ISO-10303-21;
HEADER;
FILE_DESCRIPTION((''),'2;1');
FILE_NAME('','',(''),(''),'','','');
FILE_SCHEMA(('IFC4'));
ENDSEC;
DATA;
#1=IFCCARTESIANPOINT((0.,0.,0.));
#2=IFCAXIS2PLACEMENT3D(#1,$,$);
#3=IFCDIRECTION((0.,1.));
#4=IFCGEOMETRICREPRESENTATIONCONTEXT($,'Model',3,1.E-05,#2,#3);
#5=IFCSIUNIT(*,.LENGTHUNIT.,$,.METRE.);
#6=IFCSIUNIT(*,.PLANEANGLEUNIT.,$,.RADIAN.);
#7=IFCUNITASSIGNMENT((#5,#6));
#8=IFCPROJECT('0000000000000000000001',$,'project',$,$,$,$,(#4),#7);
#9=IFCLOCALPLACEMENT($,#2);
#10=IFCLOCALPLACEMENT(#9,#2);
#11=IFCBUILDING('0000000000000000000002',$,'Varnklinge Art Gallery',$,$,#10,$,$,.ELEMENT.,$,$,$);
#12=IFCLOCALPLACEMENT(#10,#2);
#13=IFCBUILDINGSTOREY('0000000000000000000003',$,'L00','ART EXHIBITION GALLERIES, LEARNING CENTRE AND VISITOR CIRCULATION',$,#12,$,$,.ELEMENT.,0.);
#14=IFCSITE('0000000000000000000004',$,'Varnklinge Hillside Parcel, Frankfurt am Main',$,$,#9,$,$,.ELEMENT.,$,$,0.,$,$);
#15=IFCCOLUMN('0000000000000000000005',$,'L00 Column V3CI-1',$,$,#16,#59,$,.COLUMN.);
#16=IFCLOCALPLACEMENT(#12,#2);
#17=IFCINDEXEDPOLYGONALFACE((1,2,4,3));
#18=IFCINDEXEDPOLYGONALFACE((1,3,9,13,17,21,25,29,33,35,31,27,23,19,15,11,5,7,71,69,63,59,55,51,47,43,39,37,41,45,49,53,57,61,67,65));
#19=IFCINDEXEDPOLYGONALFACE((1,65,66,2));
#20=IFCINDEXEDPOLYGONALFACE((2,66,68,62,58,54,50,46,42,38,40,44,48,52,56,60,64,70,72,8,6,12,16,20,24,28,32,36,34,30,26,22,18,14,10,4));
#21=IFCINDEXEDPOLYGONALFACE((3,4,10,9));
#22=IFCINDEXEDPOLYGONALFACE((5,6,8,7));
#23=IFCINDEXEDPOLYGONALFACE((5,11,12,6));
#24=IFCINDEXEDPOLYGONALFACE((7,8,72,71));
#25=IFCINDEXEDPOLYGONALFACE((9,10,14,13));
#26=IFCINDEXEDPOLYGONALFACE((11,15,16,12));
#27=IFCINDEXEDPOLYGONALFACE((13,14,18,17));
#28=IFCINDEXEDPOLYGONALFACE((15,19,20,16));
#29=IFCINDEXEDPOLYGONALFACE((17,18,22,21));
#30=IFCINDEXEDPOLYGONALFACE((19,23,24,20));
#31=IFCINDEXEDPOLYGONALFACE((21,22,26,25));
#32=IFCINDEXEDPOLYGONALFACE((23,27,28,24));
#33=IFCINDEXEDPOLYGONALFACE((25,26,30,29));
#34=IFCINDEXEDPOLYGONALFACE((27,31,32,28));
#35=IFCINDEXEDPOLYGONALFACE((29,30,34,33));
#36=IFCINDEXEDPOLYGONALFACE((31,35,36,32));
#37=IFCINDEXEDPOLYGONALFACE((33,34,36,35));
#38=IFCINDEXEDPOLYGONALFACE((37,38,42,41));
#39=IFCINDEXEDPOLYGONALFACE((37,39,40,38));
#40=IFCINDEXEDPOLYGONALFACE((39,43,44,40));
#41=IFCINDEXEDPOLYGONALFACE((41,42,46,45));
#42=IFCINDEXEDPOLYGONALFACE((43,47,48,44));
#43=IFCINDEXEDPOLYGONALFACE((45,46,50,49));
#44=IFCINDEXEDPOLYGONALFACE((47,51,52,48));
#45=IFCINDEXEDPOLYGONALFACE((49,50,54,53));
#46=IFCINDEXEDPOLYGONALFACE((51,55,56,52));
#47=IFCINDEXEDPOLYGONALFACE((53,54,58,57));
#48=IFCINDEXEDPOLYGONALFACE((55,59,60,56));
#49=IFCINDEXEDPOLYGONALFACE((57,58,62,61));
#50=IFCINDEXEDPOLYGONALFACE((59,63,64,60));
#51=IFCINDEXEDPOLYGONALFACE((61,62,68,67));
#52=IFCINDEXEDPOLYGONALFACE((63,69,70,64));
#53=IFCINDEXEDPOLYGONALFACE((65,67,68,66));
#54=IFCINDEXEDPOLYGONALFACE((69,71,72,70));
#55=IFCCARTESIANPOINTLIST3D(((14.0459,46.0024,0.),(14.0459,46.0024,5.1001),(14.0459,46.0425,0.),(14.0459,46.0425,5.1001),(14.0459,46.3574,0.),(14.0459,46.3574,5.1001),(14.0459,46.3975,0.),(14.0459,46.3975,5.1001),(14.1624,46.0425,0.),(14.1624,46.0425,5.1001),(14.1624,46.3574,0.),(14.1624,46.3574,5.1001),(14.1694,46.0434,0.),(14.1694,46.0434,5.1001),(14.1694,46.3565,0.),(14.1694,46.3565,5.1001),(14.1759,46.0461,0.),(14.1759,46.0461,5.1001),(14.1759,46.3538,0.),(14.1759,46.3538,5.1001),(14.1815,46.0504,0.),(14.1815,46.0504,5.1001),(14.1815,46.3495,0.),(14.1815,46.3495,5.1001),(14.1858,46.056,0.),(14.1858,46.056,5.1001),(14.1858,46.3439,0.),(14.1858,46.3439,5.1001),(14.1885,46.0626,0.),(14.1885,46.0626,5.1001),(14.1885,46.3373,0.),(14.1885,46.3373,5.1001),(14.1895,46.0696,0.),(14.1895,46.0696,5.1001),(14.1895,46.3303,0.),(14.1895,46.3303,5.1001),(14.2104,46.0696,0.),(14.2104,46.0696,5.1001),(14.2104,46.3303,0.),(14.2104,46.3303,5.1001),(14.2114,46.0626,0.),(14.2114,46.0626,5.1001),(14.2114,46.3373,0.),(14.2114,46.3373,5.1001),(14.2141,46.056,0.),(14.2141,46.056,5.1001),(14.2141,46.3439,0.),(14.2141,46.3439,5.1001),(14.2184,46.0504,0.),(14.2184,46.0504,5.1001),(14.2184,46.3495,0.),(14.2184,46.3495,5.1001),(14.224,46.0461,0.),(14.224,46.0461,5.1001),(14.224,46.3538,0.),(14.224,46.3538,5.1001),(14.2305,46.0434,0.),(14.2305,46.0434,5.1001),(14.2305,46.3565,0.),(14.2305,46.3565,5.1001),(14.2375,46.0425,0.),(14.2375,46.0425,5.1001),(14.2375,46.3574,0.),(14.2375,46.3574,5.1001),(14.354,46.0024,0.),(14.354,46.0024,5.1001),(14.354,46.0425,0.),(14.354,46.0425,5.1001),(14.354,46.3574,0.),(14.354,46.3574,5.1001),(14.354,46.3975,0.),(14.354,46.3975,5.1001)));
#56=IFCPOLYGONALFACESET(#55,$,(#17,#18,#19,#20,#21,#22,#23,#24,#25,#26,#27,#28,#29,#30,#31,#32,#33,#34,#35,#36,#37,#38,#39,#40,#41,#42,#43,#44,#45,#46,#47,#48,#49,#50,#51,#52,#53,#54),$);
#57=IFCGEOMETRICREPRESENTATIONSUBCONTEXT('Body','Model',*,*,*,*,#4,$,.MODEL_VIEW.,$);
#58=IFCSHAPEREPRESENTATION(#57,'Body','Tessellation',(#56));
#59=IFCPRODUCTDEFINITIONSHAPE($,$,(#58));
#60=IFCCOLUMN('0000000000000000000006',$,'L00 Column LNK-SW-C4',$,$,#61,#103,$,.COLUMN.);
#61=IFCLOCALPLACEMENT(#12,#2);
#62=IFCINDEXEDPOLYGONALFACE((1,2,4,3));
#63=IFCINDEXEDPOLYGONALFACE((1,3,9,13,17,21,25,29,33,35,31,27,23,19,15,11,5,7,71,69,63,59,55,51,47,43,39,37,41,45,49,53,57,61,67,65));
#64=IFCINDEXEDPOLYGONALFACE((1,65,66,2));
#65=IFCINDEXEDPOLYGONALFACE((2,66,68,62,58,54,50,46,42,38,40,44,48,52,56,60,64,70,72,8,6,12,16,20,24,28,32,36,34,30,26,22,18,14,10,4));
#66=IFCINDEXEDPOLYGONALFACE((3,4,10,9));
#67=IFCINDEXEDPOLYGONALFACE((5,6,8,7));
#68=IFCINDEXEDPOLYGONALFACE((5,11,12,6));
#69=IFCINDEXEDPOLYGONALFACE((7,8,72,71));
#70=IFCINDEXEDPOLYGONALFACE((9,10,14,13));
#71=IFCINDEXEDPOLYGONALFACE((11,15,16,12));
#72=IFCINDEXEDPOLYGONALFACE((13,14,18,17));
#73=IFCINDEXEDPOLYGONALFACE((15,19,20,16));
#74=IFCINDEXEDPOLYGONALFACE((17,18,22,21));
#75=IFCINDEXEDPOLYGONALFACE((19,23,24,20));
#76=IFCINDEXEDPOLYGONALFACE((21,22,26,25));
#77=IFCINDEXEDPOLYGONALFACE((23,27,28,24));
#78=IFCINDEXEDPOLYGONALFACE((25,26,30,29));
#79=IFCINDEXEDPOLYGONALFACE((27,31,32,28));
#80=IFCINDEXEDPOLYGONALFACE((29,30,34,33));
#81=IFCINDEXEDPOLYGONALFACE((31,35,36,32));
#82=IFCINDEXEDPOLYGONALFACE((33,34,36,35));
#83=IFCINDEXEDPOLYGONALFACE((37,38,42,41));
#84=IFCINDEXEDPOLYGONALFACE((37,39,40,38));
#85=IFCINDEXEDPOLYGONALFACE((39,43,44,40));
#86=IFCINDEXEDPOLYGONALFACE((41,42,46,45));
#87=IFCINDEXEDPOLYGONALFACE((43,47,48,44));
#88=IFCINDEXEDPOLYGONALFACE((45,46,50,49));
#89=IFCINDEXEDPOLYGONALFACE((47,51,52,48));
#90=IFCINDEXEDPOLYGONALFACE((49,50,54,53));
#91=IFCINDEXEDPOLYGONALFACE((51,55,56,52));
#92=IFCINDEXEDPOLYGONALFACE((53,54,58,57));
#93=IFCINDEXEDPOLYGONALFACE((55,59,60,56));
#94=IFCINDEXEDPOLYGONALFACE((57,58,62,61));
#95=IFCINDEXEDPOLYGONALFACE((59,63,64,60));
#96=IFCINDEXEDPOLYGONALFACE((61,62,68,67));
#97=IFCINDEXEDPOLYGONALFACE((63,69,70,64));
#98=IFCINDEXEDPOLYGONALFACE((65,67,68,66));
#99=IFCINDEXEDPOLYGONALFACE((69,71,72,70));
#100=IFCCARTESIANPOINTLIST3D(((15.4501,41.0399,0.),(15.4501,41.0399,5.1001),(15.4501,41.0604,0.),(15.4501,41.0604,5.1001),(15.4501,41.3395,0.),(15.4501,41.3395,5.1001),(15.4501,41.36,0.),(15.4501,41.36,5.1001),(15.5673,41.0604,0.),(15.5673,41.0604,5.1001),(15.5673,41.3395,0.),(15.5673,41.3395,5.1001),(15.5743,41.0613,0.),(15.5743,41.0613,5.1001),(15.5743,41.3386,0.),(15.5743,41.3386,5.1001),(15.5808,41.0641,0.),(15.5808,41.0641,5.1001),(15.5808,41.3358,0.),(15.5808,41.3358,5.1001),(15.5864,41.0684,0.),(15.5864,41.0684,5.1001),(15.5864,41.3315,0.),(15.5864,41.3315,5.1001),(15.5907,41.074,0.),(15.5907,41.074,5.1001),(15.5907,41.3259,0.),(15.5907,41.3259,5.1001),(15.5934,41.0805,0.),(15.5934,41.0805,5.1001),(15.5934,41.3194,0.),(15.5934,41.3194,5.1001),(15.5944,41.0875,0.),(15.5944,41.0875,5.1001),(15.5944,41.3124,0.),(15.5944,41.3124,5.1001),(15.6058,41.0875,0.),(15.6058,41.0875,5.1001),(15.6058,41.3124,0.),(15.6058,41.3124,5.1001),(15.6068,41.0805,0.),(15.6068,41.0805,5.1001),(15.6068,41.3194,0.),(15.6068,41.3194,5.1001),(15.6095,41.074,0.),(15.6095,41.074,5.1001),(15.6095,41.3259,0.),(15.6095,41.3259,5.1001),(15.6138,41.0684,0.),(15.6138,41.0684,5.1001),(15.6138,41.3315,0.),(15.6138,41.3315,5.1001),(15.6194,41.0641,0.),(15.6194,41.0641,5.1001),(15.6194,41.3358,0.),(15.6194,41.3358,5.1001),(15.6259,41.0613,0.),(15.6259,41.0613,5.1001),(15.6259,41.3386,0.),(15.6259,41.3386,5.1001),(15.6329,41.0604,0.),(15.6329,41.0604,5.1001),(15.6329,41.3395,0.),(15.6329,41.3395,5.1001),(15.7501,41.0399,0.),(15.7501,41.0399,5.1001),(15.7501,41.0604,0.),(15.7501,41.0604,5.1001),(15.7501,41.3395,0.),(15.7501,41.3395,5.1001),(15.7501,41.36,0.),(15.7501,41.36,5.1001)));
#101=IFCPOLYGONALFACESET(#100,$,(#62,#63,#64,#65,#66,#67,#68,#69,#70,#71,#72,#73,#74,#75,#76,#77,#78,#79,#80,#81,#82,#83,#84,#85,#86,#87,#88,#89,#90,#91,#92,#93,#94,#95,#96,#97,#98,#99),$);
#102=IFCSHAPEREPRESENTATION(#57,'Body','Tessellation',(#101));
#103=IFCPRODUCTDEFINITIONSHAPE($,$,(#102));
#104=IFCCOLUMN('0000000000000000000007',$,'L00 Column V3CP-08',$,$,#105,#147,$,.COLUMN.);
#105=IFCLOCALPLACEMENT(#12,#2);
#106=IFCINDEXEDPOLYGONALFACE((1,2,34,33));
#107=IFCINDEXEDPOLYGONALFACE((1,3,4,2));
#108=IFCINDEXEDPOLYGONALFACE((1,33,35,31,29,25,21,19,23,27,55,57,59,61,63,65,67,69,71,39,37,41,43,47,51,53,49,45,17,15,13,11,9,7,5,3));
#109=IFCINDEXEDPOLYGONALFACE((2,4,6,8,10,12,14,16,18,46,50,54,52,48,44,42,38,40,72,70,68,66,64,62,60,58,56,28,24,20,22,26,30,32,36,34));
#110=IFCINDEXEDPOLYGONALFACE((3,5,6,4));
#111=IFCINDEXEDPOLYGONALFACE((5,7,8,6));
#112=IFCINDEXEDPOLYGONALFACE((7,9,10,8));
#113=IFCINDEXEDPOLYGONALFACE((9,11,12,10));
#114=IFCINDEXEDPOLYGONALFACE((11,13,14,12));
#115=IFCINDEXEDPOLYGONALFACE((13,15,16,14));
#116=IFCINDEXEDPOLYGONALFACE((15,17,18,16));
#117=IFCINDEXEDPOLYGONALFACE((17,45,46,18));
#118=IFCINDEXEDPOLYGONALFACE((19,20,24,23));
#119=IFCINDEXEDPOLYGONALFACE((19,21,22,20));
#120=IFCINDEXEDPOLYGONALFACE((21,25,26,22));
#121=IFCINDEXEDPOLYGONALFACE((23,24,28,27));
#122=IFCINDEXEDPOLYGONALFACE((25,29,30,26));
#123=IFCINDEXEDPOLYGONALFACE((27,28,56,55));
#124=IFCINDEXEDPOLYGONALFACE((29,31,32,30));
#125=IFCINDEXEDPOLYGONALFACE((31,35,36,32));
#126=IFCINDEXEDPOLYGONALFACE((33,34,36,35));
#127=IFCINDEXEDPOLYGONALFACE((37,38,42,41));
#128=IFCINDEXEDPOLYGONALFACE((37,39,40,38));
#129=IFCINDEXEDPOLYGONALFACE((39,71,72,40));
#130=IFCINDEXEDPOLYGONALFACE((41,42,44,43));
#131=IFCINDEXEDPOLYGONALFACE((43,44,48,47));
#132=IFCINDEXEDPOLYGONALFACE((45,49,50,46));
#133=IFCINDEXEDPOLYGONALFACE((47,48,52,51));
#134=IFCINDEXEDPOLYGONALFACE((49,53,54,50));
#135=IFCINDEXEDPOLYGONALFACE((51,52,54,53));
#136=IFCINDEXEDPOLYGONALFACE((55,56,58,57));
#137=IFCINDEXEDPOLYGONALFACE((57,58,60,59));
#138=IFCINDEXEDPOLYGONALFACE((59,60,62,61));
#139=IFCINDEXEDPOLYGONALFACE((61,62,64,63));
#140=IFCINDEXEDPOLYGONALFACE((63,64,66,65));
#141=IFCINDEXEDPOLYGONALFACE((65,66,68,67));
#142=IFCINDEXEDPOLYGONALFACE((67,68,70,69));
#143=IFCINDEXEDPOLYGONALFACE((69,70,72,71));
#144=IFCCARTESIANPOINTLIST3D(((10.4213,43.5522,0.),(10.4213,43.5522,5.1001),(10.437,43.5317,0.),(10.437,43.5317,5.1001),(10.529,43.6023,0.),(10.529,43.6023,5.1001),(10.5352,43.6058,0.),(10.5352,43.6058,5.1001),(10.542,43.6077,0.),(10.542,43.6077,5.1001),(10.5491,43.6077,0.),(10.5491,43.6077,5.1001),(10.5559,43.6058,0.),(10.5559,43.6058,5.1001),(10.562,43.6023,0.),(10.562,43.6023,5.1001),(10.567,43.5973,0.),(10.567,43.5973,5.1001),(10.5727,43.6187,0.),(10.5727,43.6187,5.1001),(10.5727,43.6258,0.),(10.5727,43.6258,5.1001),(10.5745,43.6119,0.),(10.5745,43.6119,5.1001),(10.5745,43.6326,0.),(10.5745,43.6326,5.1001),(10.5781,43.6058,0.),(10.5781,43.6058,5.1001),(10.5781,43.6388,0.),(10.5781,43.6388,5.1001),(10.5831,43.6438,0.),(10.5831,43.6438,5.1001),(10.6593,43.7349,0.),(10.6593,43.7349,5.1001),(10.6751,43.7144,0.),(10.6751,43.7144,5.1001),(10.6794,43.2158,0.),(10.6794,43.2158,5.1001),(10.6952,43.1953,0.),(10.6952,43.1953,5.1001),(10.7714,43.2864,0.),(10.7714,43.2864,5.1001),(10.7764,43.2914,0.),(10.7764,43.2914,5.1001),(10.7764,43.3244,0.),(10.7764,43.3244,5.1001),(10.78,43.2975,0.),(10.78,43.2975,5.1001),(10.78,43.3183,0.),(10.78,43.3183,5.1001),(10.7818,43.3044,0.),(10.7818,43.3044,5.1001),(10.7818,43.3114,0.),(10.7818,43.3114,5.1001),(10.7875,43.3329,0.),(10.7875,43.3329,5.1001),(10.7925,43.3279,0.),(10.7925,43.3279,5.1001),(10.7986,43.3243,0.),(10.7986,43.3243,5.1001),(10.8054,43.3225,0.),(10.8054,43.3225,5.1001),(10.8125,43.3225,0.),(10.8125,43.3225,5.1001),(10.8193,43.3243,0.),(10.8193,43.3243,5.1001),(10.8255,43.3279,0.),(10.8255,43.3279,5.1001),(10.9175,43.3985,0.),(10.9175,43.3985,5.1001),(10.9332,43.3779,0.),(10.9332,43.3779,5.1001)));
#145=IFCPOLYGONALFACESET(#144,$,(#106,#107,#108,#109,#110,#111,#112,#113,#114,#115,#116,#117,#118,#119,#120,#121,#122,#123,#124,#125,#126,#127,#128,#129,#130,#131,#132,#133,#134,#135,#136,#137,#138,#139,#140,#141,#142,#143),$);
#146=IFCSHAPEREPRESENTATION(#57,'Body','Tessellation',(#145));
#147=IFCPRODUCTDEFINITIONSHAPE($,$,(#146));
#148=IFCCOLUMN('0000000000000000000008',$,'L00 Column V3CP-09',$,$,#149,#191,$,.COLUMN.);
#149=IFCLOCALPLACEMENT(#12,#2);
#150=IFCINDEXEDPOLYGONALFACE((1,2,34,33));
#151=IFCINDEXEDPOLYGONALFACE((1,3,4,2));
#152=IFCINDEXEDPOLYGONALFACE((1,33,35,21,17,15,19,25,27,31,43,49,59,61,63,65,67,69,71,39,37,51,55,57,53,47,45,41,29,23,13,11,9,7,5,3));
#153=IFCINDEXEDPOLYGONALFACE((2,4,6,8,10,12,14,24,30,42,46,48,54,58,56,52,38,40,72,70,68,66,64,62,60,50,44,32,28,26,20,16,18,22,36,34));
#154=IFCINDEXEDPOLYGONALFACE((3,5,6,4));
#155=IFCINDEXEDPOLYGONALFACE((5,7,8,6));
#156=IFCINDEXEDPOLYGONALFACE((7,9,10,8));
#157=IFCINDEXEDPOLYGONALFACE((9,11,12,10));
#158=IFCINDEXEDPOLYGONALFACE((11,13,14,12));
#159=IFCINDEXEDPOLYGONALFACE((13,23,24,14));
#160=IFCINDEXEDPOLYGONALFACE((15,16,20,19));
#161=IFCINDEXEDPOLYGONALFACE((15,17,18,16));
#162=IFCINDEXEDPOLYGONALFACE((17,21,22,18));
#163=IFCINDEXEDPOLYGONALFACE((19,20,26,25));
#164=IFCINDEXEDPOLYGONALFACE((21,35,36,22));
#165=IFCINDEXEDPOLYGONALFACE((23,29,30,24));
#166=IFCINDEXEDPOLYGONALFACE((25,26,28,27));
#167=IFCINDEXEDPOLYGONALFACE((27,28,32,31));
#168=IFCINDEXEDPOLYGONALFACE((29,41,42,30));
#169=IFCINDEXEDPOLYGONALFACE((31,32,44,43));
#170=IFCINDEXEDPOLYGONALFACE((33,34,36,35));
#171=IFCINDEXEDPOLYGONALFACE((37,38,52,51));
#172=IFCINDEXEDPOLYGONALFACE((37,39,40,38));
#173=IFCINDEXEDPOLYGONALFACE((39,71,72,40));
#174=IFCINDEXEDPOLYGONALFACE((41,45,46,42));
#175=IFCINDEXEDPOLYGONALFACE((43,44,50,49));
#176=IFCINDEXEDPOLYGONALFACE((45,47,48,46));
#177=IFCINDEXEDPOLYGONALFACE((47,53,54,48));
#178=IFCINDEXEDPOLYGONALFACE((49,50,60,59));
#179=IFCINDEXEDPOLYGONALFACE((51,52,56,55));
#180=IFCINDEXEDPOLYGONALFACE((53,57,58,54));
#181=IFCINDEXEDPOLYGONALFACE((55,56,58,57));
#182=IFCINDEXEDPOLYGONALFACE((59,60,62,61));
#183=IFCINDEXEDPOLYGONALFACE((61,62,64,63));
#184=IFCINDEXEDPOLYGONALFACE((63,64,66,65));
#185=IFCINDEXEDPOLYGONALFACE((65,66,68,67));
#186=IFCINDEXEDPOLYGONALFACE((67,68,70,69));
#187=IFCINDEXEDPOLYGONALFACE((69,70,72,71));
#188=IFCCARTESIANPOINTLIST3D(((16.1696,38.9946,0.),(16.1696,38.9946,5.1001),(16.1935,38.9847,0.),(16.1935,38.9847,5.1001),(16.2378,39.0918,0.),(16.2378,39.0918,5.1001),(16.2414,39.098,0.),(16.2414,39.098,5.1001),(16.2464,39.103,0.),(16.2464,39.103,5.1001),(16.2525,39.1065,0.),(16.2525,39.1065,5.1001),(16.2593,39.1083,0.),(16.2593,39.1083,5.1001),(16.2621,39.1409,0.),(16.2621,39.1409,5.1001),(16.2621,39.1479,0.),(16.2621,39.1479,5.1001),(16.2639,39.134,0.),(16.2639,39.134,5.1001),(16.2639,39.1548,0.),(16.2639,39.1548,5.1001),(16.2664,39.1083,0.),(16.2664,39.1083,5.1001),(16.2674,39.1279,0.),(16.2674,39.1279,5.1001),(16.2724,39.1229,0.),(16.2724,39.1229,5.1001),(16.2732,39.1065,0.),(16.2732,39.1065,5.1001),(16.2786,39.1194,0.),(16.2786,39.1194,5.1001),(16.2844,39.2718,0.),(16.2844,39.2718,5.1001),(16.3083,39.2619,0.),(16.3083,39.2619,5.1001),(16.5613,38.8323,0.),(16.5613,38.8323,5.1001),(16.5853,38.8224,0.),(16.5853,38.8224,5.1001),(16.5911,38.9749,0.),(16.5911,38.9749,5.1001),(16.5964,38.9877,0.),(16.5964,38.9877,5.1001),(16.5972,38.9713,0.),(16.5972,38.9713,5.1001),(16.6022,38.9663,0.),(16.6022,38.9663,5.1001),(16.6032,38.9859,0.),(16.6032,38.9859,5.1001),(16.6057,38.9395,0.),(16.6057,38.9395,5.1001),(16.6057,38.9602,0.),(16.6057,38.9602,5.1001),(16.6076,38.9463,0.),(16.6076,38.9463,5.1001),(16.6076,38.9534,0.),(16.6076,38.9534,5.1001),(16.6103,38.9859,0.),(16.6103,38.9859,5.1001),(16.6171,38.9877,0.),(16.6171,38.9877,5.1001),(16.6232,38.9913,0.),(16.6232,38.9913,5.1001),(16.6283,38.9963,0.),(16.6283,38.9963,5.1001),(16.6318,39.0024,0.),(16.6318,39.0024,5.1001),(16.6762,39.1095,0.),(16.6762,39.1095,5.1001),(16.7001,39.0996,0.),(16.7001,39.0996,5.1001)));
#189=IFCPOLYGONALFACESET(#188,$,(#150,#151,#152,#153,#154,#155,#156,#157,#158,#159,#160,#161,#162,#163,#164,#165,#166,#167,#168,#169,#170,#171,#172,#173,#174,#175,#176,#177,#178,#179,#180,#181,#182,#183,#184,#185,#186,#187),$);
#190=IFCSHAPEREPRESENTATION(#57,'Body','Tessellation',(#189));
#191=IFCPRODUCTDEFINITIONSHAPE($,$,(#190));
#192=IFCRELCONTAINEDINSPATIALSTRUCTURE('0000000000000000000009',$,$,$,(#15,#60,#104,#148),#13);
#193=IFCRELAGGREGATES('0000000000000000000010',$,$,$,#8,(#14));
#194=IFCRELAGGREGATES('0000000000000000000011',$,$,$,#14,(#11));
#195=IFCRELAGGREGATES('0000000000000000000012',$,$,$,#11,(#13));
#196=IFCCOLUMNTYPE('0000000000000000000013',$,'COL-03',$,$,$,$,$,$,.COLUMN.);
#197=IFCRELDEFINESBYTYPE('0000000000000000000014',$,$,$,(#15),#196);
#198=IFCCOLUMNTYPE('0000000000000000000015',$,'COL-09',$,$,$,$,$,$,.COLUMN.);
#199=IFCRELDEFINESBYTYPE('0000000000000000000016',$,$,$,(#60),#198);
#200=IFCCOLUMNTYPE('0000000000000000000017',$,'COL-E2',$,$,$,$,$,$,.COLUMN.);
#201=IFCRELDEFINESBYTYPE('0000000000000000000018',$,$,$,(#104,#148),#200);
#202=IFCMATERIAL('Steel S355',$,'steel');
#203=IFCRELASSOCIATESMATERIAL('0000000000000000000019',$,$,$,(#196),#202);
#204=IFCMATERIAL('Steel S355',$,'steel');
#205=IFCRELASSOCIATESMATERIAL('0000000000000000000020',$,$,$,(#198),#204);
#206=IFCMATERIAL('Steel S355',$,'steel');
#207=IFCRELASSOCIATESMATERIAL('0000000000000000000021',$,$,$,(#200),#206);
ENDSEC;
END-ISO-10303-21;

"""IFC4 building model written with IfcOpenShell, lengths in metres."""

from ifc_helpers import new_model, si_unit, direction, frame, origin, origin_2d, place, context, subcontext, project, spatial, i_section, extrude, material, material_profile, profile_set, type_object, element, save


model = new_model("IFC4")

# Units and contexts
model_context = context("Model", 3, precision=1e-05, world=origin(), true_north=direction((0.0, 1.0)))
body_context = subcontext(model_context, "Body", "Model", "MODEL_VIEW")
ifc_project = project(units=[si_unit("LENGTHUNIT", "METRE"), si_unit("PLANEANGLEUNIT", "RADIAN")], contexts=[model_context])

# Site, building, storey
site_placement = place(None, origin())
site = spatial("IfcSite", under=ifc_project, at=site_placement, Name="Varnklinge Hillside Parcel, Frankfurt am Main", CompositionType="ELEMENT", RefElevation=0.0)
building_placement = place(site_placement, origin())
building = spatial("IfcBuilding", under=site, at=building_placement, Name="Varnklinge Art Gallery", CompositionType="ELEMENT")
storey_placement = place(building_placement, origin())
storey = spatial("IfcBuildingStorey", under=building, at=storey_placement, Name="L00", Description="ART EXHIBITION GALLERIES, LEARNING CENTRE AND VISITOR CIRCULATION", CompositionType="ELEMENT", Elevation=0.0)

# Columns
ifc_material_1 = material(Name="Steel S355", Category="steel")
ifc_material_profile_1 = material_profile(ifc_material_1, i_section(OverallWidth=0.3081, OverallDepth=0.395, WebThickness=0.021, FlangeThickness=0.04, FilletRadius=0.0271, at=origin_2d()), Name="HEM 360")
ifc_profile_set_1 = profile_set([ifc_material_profile_1], Name="Steel S355")
column_type_1 = type_object("IfcColumnType", Name="COL-03", PredefinedType="COLUMN", material=ifc_profile_set_1)
column_1_placement = place(storey_placement, frame((14.2, 46.2, 0.0), z_axis=(0.0, 0.0, 1.0), x_axis=(1.0, 0.0, 0.0)))
element("IfcColumn", 1, at=column_1_placement, inside=storey, type_object=column_type_1, Name="L00 Column V3CI-1", PredefinedType="COLUMN", context=body_context, shape_type="SweptSolid", body=[
    extrude(i_section(OverallWidth=0.3081, OverallDepth=0.395, WebThickness=0.021, FlangeThickness=0.04, FilletRadius=0.0271, at=origin_2d()), origin(), (0.0, 0.0, 1.0), 5.1001),
])
ifc_material_2 = material(Name="Steel S355", Category="steel")
ifc_material_profile_2 = material_profile(ifc_material_2, i_section(OverallWidth=0.3, OverallDepth=0.3201, WebThickness=0.0115, FlangeThickness=0.0205, FilletRadius=0.0271, at=origin_2d()), Name="HEB 320")
ifc_profile_set_2 = profile_set([ifc_material_profile_2], Name="Steel S355")
column_type_2 = type_object("IfcColumnType", Name="COL-09", PredefinedType="COLUMN", material=ifc_profile_set_2)
column_2_placement = place(storey_placement, frame((15.6001, 41.2, 0.0), z_axis=(0.0, 0.0, 1.0), x_axis=(1.0, 0.0, 0.0)))
element("IfcColumn", 2, at=column_2_placement, inside=storey, type_object=column_type_2, Name="L00 Column LNK-SW-C4", PredefinedType="COLUMN", context=body_context, shape_type="SweptSolid", body=[
    extrude(i_section(OverallWidth=0.3, OverallDepth=0.3201, WebThickness=0.0115, FlangeThickness=0.0205, FilletRadius=0.0271, at=origin_2d()), origin(), (0.0, 0.0, 1.0), 5.1001),
])
ifc_material_3 = material(Name="Steel S355", Category="steel")
ifc_material_profile_3 = material_profile(ifc_material_3, i_section(OverallWidth=0.3, OverallDepth=0.45, WebThickness=0.0139, FlangeThickness=0.0259, FilletRadius=0.0271, at=origin_2d()), Name="HEB 450")
ifc_profile_set_3 = profile_set([ifc_material_profile_3], Name="Steel S355")
column_type_3 = type_object("IfcColumnType", Name="COL-E2", PredefinedType="COLUMN", material=ifc_profile_set_3)
for number, where, z_axis, x_axis, name in (
    (3, (10.6772, 43.4651, 0.0), (0.0, 0.0, 1.0), (-0.793353, -0.608761, 0.0), "L00 Column V3CP-08"),
    (4, (16.4348, 39.0471, 0.0), (0.0, 0.0, 1.0), (-0.382683, -0.92388, 0.0), "L00 Column V3CP-09"),
):
    element("IfcColumn", number, at=place(storey_placement, frame(where, z_axis=z_axis, x_axis=x_axis)), inside=storey, type_object=column_type_3, Name=name, PredefinedType="COLUMN", context=body_context, shape_type="SweptSolid", body=[
        extrude(i_section(OverallWidth=0.3, OverallDepth=0.45, WebThickness=0.0139, FlangeThickness=0.0259, FilletRadius=0.0271, at=origin_2d()), origin(), (0.0, 0.0, 1.0), 5.1001),
    ])

save(model, "model.ifc")
